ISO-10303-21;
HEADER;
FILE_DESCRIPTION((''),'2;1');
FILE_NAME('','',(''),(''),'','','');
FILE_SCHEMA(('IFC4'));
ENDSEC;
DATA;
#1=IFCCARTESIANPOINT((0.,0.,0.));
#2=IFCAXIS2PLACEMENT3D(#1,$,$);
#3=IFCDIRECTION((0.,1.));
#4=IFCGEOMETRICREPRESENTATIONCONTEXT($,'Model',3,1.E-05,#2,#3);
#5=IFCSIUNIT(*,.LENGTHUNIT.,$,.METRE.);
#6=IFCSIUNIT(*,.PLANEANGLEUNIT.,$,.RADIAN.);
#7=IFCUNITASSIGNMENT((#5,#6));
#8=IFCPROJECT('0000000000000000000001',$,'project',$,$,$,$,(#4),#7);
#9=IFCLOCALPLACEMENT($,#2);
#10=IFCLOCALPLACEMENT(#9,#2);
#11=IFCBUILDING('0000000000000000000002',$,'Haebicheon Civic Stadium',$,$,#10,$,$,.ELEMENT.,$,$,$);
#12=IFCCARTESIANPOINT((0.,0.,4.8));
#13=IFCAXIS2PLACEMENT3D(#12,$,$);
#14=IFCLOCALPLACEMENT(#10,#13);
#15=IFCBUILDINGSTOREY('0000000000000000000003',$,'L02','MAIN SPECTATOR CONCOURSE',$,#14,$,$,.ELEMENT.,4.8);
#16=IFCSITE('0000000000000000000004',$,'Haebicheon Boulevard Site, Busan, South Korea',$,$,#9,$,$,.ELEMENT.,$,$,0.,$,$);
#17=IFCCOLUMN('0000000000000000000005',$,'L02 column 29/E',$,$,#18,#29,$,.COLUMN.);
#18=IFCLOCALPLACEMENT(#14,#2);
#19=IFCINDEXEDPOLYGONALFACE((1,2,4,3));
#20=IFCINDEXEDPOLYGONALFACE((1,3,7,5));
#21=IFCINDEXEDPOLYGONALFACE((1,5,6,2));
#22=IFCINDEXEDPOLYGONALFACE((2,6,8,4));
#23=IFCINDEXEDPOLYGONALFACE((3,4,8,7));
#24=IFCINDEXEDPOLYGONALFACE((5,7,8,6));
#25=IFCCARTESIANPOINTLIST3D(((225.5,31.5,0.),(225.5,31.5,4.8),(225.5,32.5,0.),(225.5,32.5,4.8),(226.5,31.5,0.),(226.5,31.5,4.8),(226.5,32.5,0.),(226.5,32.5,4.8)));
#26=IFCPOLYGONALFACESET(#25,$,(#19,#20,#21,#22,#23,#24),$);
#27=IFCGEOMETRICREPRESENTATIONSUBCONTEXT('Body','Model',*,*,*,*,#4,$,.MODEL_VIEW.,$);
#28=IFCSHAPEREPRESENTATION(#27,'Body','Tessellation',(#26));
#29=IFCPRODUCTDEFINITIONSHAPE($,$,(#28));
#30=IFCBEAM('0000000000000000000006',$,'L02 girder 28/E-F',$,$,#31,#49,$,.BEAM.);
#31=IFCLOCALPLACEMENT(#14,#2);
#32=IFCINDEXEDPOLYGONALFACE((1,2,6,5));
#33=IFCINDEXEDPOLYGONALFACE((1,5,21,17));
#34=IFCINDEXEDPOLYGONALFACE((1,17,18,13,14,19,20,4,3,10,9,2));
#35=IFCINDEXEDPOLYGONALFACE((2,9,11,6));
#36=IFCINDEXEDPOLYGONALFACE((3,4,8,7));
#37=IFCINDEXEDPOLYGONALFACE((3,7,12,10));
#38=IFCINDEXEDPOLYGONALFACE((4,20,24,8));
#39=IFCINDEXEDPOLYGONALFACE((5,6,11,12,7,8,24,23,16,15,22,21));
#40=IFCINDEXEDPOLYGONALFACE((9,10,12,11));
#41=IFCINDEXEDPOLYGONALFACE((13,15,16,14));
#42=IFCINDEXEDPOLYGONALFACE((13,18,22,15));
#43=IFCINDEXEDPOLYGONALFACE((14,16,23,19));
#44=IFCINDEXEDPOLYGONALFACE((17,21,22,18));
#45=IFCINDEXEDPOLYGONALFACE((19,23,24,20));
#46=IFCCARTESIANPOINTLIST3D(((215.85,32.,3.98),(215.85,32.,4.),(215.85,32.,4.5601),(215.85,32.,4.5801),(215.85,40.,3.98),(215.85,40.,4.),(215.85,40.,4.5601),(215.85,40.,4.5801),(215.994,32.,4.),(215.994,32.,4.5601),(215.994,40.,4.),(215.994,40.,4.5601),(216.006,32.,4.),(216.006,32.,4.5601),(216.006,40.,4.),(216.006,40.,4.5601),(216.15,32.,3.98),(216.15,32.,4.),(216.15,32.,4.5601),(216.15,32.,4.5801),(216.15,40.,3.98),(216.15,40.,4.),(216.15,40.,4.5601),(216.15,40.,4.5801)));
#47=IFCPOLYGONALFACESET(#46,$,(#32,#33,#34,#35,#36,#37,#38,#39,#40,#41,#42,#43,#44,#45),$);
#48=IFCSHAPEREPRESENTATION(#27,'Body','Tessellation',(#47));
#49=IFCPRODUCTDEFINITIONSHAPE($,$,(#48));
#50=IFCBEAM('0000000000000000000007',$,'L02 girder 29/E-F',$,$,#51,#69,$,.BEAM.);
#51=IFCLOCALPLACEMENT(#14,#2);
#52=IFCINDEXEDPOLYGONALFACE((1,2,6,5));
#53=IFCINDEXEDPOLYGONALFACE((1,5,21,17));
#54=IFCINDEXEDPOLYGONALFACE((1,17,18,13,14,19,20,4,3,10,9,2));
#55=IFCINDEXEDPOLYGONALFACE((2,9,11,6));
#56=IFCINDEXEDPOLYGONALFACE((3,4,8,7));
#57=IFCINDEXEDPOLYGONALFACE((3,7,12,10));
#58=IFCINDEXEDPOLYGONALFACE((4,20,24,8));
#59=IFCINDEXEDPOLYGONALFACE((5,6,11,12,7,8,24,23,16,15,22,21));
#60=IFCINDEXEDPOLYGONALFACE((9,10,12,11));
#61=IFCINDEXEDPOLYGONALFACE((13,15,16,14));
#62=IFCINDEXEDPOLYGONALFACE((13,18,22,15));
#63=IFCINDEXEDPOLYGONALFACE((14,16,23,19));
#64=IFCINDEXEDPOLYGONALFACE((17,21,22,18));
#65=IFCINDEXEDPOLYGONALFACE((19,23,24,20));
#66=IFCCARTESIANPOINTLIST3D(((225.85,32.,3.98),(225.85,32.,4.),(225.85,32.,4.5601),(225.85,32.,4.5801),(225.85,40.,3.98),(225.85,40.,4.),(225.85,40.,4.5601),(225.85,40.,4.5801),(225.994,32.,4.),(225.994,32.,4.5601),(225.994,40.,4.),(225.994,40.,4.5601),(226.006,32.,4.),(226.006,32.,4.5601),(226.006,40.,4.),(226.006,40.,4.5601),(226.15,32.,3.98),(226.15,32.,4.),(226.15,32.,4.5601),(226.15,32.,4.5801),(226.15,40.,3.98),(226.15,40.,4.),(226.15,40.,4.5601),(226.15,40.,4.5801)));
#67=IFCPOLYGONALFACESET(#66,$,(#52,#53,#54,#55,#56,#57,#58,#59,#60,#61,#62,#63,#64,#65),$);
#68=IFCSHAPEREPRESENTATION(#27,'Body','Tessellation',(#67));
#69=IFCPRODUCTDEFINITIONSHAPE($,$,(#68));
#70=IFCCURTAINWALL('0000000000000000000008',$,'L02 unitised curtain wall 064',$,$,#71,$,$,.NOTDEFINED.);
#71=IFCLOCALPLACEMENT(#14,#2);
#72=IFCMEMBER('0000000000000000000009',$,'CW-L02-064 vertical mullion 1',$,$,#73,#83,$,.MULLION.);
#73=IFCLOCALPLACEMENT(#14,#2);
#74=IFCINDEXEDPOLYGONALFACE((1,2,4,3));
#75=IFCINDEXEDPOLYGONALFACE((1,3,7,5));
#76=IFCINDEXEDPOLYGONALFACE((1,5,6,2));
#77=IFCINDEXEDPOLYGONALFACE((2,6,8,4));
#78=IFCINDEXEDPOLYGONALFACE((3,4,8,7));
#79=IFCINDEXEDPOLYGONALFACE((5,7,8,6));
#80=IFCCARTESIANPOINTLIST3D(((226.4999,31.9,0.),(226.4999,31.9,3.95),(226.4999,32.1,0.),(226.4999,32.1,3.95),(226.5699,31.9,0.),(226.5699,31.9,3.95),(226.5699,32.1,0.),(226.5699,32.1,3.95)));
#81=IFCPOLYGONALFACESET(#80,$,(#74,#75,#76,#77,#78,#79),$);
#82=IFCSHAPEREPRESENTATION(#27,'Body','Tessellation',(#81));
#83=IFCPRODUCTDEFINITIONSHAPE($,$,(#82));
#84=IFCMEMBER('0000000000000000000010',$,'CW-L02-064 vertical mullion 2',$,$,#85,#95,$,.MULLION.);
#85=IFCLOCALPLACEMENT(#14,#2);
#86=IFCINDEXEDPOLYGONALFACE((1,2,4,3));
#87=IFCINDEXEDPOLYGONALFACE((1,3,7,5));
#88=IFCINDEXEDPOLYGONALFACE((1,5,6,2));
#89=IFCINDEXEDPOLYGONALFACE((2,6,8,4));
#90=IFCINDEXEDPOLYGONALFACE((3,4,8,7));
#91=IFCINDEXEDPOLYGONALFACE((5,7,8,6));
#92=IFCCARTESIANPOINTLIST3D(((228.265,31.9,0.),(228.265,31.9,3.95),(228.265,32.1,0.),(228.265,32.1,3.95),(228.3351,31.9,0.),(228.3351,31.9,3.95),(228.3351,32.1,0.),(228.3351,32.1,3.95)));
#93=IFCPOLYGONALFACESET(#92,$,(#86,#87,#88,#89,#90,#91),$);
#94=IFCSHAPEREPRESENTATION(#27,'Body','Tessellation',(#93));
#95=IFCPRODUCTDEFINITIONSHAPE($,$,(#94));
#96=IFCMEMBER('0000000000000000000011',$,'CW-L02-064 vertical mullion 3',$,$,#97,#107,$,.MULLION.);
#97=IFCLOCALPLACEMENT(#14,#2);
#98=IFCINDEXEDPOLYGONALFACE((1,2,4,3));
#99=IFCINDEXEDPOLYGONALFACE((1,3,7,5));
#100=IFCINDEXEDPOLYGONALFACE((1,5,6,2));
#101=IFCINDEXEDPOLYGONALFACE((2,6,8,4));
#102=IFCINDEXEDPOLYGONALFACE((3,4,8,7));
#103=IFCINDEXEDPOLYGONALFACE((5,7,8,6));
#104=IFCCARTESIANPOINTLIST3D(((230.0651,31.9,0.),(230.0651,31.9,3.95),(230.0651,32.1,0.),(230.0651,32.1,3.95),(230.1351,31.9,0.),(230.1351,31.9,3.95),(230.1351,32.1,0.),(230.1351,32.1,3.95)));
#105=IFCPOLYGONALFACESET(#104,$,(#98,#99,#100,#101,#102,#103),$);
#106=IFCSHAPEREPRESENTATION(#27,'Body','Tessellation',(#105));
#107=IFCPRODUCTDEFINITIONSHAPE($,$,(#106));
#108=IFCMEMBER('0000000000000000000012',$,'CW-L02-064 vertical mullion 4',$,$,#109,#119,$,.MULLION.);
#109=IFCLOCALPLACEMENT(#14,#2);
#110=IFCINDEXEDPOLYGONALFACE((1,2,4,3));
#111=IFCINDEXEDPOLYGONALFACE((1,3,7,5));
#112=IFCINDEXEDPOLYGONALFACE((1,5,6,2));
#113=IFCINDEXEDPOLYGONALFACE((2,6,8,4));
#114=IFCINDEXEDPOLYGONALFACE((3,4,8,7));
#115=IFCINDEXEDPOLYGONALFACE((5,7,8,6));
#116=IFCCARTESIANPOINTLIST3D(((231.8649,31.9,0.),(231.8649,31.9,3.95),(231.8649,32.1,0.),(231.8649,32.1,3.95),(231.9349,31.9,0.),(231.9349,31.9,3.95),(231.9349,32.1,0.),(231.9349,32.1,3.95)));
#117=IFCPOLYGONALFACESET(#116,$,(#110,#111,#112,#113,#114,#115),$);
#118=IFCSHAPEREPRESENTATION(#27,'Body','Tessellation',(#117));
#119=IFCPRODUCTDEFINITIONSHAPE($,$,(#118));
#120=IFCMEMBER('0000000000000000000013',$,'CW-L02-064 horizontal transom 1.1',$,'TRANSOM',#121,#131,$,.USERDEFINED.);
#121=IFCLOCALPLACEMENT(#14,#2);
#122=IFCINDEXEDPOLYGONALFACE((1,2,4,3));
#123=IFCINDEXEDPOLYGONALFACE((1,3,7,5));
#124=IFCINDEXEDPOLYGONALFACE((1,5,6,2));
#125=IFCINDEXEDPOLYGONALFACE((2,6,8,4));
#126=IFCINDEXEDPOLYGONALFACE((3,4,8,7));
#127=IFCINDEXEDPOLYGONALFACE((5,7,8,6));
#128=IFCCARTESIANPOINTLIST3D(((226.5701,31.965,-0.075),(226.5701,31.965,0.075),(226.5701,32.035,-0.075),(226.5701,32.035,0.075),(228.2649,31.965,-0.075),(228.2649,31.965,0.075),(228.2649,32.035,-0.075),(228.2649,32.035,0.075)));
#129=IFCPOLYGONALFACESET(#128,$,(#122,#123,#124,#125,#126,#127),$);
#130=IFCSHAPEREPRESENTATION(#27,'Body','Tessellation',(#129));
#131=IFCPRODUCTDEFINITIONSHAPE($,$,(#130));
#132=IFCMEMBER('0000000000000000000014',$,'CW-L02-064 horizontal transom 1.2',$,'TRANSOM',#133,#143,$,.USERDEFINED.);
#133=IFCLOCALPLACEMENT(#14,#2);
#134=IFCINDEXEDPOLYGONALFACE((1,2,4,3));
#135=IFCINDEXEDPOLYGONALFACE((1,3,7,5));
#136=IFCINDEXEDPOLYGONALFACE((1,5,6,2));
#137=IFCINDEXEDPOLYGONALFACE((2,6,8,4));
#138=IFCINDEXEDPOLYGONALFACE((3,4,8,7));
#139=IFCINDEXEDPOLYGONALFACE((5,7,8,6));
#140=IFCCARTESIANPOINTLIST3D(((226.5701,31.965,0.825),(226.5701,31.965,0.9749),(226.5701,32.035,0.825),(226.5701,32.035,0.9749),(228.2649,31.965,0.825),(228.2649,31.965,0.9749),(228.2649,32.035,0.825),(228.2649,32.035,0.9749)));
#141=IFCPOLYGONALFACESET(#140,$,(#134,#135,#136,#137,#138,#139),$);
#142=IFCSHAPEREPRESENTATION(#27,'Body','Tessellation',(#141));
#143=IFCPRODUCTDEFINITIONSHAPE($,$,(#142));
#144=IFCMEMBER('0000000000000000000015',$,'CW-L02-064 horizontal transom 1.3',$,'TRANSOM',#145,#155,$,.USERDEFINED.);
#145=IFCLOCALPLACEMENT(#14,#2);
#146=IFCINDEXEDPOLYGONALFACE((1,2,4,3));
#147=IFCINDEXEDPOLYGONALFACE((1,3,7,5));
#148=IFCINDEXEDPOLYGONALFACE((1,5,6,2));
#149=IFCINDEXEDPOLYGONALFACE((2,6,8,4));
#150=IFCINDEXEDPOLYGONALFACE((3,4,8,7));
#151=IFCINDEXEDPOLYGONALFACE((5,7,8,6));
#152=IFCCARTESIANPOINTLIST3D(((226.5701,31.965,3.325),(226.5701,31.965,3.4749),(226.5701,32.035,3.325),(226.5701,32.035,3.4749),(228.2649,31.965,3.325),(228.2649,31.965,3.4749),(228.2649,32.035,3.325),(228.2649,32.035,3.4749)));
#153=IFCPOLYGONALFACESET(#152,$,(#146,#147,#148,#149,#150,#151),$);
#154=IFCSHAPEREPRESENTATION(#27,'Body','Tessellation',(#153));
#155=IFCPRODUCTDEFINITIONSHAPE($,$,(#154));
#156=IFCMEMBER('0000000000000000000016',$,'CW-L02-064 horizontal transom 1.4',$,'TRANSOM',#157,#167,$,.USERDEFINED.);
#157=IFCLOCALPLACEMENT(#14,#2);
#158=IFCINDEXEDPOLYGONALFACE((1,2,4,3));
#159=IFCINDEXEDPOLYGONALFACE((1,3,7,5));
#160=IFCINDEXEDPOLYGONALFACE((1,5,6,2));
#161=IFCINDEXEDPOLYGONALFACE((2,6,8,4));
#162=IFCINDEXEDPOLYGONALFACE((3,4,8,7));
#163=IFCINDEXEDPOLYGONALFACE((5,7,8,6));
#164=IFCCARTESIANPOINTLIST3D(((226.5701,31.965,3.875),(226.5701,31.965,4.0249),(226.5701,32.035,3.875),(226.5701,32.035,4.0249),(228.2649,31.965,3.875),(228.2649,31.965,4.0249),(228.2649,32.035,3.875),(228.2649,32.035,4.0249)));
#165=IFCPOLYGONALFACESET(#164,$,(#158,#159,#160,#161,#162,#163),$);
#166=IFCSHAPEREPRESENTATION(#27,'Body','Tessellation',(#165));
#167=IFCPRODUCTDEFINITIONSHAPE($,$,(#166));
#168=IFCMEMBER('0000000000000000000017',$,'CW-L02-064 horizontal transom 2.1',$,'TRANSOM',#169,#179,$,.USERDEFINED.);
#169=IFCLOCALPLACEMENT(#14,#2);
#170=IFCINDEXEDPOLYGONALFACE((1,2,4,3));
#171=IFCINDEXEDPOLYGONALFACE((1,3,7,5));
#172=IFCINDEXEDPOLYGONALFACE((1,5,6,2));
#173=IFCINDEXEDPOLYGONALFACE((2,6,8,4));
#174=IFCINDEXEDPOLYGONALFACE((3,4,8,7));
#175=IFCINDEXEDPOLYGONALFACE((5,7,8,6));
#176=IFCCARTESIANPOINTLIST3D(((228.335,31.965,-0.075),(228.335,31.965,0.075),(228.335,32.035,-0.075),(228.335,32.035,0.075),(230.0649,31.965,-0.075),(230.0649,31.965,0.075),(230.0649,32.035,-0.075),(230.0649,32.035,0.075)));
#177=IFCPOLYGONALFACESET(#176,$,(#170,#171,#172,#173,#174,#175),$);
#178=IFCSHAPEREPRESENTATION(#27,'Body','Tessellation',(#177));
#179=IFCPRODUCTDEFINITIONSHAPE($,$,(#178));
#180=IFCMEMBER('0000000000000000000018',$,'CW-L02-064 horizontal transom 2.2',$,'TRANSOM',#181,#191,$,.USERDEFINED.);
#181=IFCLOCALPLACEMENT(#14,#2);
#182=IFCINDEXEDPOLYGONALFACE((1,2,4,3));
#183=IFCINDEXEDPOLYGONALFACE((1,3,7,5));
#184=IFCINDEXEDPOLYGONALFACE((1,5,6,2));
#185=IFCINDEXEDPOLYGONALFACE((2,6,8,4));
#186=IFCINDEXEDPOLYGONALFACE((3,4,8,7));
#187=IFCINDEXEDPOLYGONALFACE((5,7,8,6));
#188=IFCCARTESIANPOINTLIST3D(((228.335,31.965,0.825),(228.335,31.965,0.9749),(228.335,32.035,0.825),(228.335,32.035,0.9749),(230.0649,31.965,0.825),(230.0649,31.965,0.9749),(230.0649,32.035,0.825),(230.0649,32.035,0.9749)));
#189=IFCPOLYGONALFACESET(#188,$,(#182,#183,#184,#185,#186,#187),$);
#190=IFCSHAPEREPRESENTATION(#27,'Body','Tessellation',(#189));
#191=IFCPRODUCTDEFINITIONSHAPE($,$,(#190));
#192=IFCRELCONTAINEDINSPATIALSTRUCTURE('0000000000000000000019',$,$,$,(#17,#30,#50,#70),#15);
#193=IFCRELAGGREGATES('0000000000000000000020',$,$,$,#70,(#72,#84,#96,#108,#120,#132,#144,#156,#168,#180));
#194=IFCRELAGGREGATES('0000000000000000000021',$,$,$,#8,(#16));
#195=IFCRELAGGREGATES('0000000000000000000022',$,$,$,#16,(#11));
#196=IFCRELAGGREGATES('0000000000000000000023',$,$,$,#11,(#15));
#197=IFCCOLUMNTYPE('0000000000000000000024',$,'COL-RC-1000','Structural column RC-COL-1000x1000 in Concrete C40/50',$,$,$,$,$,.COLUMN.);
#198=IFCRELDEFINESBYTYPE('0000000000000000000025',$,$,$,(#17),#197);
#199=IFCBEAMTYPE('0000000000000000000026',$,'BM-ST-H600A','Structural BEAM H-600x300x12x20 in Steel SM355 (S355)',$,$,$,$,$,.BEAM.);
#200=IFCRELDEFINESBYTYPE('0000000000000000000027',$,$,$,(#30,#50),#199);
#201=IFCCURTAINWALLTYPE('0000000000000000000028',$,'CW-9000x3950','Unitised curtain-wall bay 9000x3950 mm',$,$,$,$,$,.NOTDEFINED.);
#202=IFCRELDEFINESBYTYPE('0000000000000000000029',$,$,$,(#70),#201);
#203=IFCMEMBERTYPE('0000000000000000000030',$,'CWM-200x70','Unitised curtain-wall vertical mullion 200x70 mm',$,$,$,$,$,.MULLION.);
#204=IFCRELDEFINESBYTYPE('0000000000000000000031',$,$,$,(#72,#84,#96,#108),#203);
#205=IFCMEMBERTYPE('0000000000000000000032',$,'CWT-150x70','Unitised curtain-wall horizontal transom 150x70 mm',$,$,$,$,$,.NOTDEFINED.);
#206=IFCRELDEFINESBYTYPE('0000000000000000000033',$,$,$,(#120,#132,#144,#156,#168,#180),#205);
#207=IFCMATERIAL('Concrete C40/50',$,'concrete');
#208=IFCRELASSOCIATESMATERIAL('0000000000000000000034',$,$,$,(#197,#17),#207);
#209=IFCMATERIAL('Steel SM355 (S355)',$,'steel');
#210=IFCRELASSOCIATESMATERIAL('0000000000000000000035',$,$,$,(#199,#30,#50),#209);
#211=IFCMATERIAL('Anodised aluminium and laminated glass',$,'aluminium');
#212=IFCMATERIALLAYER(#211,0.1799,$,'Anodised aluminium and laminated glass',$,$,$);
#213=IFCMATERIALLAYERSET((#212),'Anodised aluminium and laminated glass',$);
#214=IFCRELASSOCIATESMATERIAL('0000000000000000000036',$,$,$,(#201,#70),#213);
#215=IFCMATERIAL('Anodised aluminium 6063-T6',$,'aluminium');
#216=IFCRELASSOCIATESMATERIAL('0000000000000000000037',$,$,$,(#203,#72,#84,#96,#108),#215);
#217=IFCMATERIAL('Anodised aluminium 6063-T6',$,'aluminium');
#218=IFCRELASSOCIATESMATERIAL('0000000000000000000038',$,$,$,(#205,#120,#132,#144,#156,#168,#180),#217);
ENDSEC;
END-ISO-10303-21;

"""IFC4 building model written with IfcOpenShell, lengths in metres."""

from ifc_helpers import new_model, si_unit, direction, frame, origin, origin_2d, place, context, subcontext, project, spatial, rectangle, i_section, extrude, material, layer, layer_set, material_profile, profile_set, type_object, element, aggregate, save


model = new_model("IFC4")

# Units and contexts
model_context = context("Model", 3, precision=1e-05, world=origin(), true_north=direction((0.0, 1.0)))
body_context = subcontext(model_context, "Body", "Model", "MODEL_VIEW")
ifc_project = project(units=[si_unit("LENGTHUNIT", "METRE"), si_unit("PLANEANGLEUNIT", "RADIAN")], contexts=[model_context])

# Site, building, storey
site_placement = place(None, origin())
site = spatial("IfcSite", under=ifc_project, at=site_placement, Name="Haebicheon Boulevard Site, Busan, South Korea", CompositionType="ELEMENT", RefElevation=0.0)
building_placement = place(site_placement, origin())
building = spatial("IfcBuilding", under=site, at=building_placement, Name="Haebicheon Civic Stadium", CompositionType="ELEMENT")
storey_placement = place(building_placement, frame((0.0, 0.0, 4.8)))
storey = spatial("IfcBuildingStorey", under=building, at=storey_placement, Name="L02", Description="MAIN SPECTATOR CONCOURSE", CompositionType="ELEMENT", Elevation=4.8)

# Column
ifc_material_1 = material(Name="Concrete C40/50", Category="concrete")
ifc_material_profile_1 = material_profile(ifc_material_1, rectangle(XDim=1.0, YDim=1.0, at=origin_2d()), Name="RC-COL-1000x1000")
ifc_profile_set_1 = profile_set([ifc_material_profile_1], Name="Concrete C40/50")
column_type = type_object("IfcColumnType", Name="COL-RC-1000", Description="Structural column RC-COL-1000x1000 in Concrete C40/50", PredefinedType="COLUMN", material=ifc_profile_set_1)
column_placement = place(storey_placement, frame((226.0, 32.0, 0.0), z_axis=(0.0, 0.0, 1.0), x_axis=(1.0, 0.0, 0.0)))
element("IfcColumn", 1, at=column_placement, inside=storey, type_object=column_type, material=ifc_profile_set_1, Name="L02 column 29/E", PredefinedType="COLUMN", context=body_context, shape_type="SweptSolid", body=[
    extrude(rectangle(XDim=1.0, YDim=1.0, at=origin_2d()), origin(), (0.0, 0.0, 1.0), 4.8),
])

# Beams
ifc_material_2 = material(Name="Steel SM355 (S355)", Category="steel")
ifc_material_profile_2 = material_profile(ifc_material_2, i_section(OverallWidth=0.3, OverallDepth=0.6001, WebThickness=0.012, FlangeThickness=0.02, at=origin_2d()), Name="H-600x300x12x20")
ifc_profile_set_2 = profile_set([ifc_material_profile_2], Name="Steel SM355 (S355)")
beam_type_1 = type_object("IfcBeamType", Name="BM-ST-H600A", Description="Structural BEAM H-600x300x12x20 in Steel SM355 (S355)", PredefinedType="BEAM", material=ifc_profile_set_2)
for number, where, z_axis, x_axis, name in (
    (2, (216.0, 32.0, 4.28), (0.0, 1.0, 0.0), (-1.0, 0.0, 0.0), "L02 girder 28/E-F"),
    (3, (226.0, 32.0, 4.28), (0.0, 1.0, 0.0), (-1.0, 0.0, 0.0), "L02 girder 29/E-F"),
):
    element("IfcBeam", number, at=place(storey_placement, frame(where, z_axis=z_axis, x_axis=x_axis)), inside=storey, type_object=beam_type_1, material=ifc_profile_set_2, Name=name, PredefinedType="BEAM", context=body_context, shape_type="SweptSolid", body=[
        extrude(i_section(OverallWidth=0.3, OverallDepth=0.6001, WebThickness=0.012, FlangeThickness=0.02, at=origin_2d()), origin(), (0.0, 0.0, 1.0), 8.0),
    ])

# Curtain wall, members
ifc_material_3 = material(Name="Anodised aluminium and laminated glass", Category="aluminium")
ifc_layer_1 = layer(ifc_material_3, 0.1799, Name="Anodised aluminium and laminated glass")
ifc_layer_set_1 = layer_set([ifc_layer_1], Name="Anodised aluminium and laminated glass")
curtain_wall_type = type_object("IfcCurtainWallType", Name="CW-9000x3950", Description="Unitised curtain-wall bay 9000x3950 mm", PredefinedType="NOTDEFINED", material=ifc_layer_set_1)
curtain_wall_placement = place(storey_placement, origin())
curtain_wall = element("IfcCurtainWall", 4, at=curtain_wall_placement, inside=storey, type_object=curtain_wall_type, material=ifc_layer_set_1, Name="L02 unitised curtain wall 064", PredefinedType="NOTDEFINED")
ifc_material_4 = material(Name="Anodised aluminium 6063-T6", Category="aluminium")
ifc_material_profile_3 = material_profile(ifc_material_4, rectangle(XDim=0.0701, YDim=0.2, at=origin_2d()), Name="ALU-MULL-70x200")
ifc_profile_set_3 = profile_set([ifc_material_profile_3], Name="Anodised aluminium 6063-T6")
member_type_1 = type_object("IfcMemberType", Name="CWM-200x70", Description="Unitised curtain-wall vertical mullion 200x70 mm", PredefinedType="MULLION", material=ifc_profile_set_3)
member_1_placement = place(storey_placement, frame((226.5349, 32.0, 0.0), z_axis=(0.0, 0.0, 1.0), x_axis=(1.0, 0.0, 0.0)))
member_1 = element("IfcMember", 5, at=member_1_placement, type_object=member_type_1, material=ifc_profile_set_3, Name="CW-L02-064 vertical mullion 1", PredefinedType="MULLION", context=body_context, shape_type="SweptSolid", body=[
    extrude(rectangle(XDim=0.0701, YDim=0.2, at=origin_2d()), origin(), (0.0, 0.0, 1.0), 3.95),
])
member_2_placement = place(storey_placement, frame((228.3, 32.0, 0.0), z_axis=(0.0, 0.0, 1.0), x_axis=(1.0, 0.0, 0.0)))
member_2 = element("IfcMember", 6, at=member_2_placement, type_object=member_type_1, material=ifc_profile_set_3, Name="CW-L02-064 vertical mullion 2", PredefinedType="MULLION", context=body_context, shape_type="SweptSolid", body=[
    extrude(rectangle(XDim=0.0701, YDim=0.2, at=origin_2d()), origin(), (0.0, 0.0, 1.0), 3.95),
])
member_3_placement = place(storey_placement, frame((230.1001, 32.0, 0.0), z_axis=(0.0, 0.0, 1.0), x_axis=(1.0, 0.0, 0.0)))
member_3 = element("IfcMember", 7, at=member_3_placement, type_object=member_type_1, material=ifc_profile_set_3, Name="CW-L02-064 vertical mullion 3", PredefinedType="MULLION", context=body_context, shape_type="SweptSolid", body=[
    extrude(rectangle(XDim=0.0701, YDim=0.2, at=origin_2d()), origin(), (0.0, 0.0, 1.0), 3.95),
])
member_4_placement = place(storey_placement, frame((231.8999, 32.0, 0.0), z_axis=(0.0, 0.0, 1.0), x_axis=(1.0, 0.0, 0.0)))
member_4 = element("IfcMember", 8, at=member_4_placement, type_object=member_type_1, material=ifc_profile_set_3, Name="CW-L02-064 vertical mullion 4", PredefinedType="MULLION", context=body_context, shape_type="SweptSolid", body=[
    extrude(rectangle(XDim=0.0701, YDim=0.2, at=origin_2d()), origin(), (0.0, 0.0, 1.0), 3.95),
])
ifc_material_5 = material(Name="Anodised aluminium 6063-T6", Category="aluminium")
ifc_material_profile_4 = material_profile(ifc_material_5, rectangle(XDim=0.0701, YDim=0.1499, at=origin_2d()), Name="ALU-TRAN-70x150")
ifc_profile_set_4 = profile_set([ifc_material_profile_4], Name="Anodised aluminium 6063-T6")
member_type_2 = type_object("IfcMemberType", Name="CWT-150x70", Description="Unitised curtain-wall horizontal transom 150x70 mm", PredefinedType="NOTDEFINED", material=ifc_profile_set_4)
member_5_placement = place(storey_placement, frame((226.5701, 32.0, 0.0), z_axis=(1.0, 0.0, 0.0), x_axis=(0.0, 1.0, 0.0)))
member_5 = element("IfcMember", 9, at=member_5_placement, type_object=member_type_2, material=ifc_profile_set_4, Name="CW-L02-064 horizontal transom 1.1", ObjectType="TRANSOM", PredefinedType="USERDEFINED", context=body_context, shape_type="SweptSolid", body=[
    extrude(rectangle(XDim=0.0701, YDim=0.1499, at=origin_2d()), origin(), (0.0, 0.0, 1.0), 1.6948),
])
member_6_placement = place(storey_placement, frame((226.5701, 32.0, 0.8999), z_axis=(1.0, 0.0, 0.0), x_axis=(0.0, 1.0, 0.0)))
member_6 = element("IfcMember", 10, at=member_6_placement, type_object=member_type_2, material=ifc_profile_set_4, Name="CW-L02-064 horizontal transom 1.2", ObjectType="TRANSOM", PredefinedType="USERDEFINED", context=body_context, shape_type="SweptSolid", body=[
    extrude(rectangle(XDim=0.0701, YDim=0.1499, at=origin_2d()), origin(), (0.0, 0.0, 1.0), 1.6948),
])
member_7_placement = place(storey_placement, frame((226.5701, 32.0, 3.3999), z_axis=(1.0, 0.0, 0.0), x_axis=(0.0, 1.0, 0.0)))
member_7 = element("IfcMember", 11, at=member_7_placement, type_object=member_type_2, material=ifc_profile_set_4, Name="CW-L02-064 horizontal transom 1.3", ObjectType="TRANSOM", PredefinedType="USERDEFINED", context=body_context, shape_type="SweptSolid", body=[
    extrude(rectangle(XDim=0.0701, YDim=0.1499, at=origin_2d()), origin(), (0.0, 0.0, 1.0), 1.6948),
])
member_8_placement = place(storey_placement, frame((226.5701, 32.0, 3.95), z_axis=(1.0, 0.0, 0.0), x_axis=(0.0, 1.0, 0.0)))
member_8 = element("IfcMember", 12, at=member_8_placement, type_object=member_type_2, material=ifc_profile_set_4, Name="CW-L02-064 horizontal transom 1.4", ObjectType="TRANSOM", PredefinedType="USERDEFINED", context=body_context, shape_type="SweptSolid", body=[
    extrude(rectangle(XDim=0.0701, YDim=0.1499, at=origin_2d()), origin(), (0.0, 0.0, 1.0), 1.6948),
])
member_9_placement = place(storey_placement, frame((228.335, 32.0, 0.0), z_axis=(1.0, 0.0, 0.0), x_axis=(0.0, 1.0, 0.0)))
member_9 = element("IfcMember", 13, at=member_9_placement, type_object=member_type_2, material=ifc_profile_set_4, Name="CW-L02-064 horizontal transom 2.1", ObjectType="TRANSOM", PredefinedType="USERDEFINED", context=body_context, shape_type="SweptSolid", body=[
    extrude(rectangle(XDim=0.0701, YDim=0.1499, at=origin_2d()), origin(), (0.0, 0.0, 1.0), 1.73),
])
member_10_placement = place(storey_placement, frame((228.335, 32.0, 0.8999), z_axis=(1.0, 0.0, 0.0), x_axis=(0.0, 1.0, 0.0)))
member_10 = element("IfcMember", 14, at=member_10_placement, type_object=member_type_2, material=ifc_profile_set_4, Name="CW-L02-064 horizontal transom 2.2", ObjectType="TRANSOM", PredefinedType="USERDEFINED", context=body_context, shape_type="SweptSolid", body=[
    extrude(rectangle(XDim=0.0701, YDim=0.1499, at=origin_2d()), origin(), (0.0, 0.0, 1.0), 1.73),
])

aggregate(curtain_wall, [member_1, member_2, member_3, member_4, member_5, member_6, member_7, member_8, member_9, member_10])

save(model, "model.ifc")
